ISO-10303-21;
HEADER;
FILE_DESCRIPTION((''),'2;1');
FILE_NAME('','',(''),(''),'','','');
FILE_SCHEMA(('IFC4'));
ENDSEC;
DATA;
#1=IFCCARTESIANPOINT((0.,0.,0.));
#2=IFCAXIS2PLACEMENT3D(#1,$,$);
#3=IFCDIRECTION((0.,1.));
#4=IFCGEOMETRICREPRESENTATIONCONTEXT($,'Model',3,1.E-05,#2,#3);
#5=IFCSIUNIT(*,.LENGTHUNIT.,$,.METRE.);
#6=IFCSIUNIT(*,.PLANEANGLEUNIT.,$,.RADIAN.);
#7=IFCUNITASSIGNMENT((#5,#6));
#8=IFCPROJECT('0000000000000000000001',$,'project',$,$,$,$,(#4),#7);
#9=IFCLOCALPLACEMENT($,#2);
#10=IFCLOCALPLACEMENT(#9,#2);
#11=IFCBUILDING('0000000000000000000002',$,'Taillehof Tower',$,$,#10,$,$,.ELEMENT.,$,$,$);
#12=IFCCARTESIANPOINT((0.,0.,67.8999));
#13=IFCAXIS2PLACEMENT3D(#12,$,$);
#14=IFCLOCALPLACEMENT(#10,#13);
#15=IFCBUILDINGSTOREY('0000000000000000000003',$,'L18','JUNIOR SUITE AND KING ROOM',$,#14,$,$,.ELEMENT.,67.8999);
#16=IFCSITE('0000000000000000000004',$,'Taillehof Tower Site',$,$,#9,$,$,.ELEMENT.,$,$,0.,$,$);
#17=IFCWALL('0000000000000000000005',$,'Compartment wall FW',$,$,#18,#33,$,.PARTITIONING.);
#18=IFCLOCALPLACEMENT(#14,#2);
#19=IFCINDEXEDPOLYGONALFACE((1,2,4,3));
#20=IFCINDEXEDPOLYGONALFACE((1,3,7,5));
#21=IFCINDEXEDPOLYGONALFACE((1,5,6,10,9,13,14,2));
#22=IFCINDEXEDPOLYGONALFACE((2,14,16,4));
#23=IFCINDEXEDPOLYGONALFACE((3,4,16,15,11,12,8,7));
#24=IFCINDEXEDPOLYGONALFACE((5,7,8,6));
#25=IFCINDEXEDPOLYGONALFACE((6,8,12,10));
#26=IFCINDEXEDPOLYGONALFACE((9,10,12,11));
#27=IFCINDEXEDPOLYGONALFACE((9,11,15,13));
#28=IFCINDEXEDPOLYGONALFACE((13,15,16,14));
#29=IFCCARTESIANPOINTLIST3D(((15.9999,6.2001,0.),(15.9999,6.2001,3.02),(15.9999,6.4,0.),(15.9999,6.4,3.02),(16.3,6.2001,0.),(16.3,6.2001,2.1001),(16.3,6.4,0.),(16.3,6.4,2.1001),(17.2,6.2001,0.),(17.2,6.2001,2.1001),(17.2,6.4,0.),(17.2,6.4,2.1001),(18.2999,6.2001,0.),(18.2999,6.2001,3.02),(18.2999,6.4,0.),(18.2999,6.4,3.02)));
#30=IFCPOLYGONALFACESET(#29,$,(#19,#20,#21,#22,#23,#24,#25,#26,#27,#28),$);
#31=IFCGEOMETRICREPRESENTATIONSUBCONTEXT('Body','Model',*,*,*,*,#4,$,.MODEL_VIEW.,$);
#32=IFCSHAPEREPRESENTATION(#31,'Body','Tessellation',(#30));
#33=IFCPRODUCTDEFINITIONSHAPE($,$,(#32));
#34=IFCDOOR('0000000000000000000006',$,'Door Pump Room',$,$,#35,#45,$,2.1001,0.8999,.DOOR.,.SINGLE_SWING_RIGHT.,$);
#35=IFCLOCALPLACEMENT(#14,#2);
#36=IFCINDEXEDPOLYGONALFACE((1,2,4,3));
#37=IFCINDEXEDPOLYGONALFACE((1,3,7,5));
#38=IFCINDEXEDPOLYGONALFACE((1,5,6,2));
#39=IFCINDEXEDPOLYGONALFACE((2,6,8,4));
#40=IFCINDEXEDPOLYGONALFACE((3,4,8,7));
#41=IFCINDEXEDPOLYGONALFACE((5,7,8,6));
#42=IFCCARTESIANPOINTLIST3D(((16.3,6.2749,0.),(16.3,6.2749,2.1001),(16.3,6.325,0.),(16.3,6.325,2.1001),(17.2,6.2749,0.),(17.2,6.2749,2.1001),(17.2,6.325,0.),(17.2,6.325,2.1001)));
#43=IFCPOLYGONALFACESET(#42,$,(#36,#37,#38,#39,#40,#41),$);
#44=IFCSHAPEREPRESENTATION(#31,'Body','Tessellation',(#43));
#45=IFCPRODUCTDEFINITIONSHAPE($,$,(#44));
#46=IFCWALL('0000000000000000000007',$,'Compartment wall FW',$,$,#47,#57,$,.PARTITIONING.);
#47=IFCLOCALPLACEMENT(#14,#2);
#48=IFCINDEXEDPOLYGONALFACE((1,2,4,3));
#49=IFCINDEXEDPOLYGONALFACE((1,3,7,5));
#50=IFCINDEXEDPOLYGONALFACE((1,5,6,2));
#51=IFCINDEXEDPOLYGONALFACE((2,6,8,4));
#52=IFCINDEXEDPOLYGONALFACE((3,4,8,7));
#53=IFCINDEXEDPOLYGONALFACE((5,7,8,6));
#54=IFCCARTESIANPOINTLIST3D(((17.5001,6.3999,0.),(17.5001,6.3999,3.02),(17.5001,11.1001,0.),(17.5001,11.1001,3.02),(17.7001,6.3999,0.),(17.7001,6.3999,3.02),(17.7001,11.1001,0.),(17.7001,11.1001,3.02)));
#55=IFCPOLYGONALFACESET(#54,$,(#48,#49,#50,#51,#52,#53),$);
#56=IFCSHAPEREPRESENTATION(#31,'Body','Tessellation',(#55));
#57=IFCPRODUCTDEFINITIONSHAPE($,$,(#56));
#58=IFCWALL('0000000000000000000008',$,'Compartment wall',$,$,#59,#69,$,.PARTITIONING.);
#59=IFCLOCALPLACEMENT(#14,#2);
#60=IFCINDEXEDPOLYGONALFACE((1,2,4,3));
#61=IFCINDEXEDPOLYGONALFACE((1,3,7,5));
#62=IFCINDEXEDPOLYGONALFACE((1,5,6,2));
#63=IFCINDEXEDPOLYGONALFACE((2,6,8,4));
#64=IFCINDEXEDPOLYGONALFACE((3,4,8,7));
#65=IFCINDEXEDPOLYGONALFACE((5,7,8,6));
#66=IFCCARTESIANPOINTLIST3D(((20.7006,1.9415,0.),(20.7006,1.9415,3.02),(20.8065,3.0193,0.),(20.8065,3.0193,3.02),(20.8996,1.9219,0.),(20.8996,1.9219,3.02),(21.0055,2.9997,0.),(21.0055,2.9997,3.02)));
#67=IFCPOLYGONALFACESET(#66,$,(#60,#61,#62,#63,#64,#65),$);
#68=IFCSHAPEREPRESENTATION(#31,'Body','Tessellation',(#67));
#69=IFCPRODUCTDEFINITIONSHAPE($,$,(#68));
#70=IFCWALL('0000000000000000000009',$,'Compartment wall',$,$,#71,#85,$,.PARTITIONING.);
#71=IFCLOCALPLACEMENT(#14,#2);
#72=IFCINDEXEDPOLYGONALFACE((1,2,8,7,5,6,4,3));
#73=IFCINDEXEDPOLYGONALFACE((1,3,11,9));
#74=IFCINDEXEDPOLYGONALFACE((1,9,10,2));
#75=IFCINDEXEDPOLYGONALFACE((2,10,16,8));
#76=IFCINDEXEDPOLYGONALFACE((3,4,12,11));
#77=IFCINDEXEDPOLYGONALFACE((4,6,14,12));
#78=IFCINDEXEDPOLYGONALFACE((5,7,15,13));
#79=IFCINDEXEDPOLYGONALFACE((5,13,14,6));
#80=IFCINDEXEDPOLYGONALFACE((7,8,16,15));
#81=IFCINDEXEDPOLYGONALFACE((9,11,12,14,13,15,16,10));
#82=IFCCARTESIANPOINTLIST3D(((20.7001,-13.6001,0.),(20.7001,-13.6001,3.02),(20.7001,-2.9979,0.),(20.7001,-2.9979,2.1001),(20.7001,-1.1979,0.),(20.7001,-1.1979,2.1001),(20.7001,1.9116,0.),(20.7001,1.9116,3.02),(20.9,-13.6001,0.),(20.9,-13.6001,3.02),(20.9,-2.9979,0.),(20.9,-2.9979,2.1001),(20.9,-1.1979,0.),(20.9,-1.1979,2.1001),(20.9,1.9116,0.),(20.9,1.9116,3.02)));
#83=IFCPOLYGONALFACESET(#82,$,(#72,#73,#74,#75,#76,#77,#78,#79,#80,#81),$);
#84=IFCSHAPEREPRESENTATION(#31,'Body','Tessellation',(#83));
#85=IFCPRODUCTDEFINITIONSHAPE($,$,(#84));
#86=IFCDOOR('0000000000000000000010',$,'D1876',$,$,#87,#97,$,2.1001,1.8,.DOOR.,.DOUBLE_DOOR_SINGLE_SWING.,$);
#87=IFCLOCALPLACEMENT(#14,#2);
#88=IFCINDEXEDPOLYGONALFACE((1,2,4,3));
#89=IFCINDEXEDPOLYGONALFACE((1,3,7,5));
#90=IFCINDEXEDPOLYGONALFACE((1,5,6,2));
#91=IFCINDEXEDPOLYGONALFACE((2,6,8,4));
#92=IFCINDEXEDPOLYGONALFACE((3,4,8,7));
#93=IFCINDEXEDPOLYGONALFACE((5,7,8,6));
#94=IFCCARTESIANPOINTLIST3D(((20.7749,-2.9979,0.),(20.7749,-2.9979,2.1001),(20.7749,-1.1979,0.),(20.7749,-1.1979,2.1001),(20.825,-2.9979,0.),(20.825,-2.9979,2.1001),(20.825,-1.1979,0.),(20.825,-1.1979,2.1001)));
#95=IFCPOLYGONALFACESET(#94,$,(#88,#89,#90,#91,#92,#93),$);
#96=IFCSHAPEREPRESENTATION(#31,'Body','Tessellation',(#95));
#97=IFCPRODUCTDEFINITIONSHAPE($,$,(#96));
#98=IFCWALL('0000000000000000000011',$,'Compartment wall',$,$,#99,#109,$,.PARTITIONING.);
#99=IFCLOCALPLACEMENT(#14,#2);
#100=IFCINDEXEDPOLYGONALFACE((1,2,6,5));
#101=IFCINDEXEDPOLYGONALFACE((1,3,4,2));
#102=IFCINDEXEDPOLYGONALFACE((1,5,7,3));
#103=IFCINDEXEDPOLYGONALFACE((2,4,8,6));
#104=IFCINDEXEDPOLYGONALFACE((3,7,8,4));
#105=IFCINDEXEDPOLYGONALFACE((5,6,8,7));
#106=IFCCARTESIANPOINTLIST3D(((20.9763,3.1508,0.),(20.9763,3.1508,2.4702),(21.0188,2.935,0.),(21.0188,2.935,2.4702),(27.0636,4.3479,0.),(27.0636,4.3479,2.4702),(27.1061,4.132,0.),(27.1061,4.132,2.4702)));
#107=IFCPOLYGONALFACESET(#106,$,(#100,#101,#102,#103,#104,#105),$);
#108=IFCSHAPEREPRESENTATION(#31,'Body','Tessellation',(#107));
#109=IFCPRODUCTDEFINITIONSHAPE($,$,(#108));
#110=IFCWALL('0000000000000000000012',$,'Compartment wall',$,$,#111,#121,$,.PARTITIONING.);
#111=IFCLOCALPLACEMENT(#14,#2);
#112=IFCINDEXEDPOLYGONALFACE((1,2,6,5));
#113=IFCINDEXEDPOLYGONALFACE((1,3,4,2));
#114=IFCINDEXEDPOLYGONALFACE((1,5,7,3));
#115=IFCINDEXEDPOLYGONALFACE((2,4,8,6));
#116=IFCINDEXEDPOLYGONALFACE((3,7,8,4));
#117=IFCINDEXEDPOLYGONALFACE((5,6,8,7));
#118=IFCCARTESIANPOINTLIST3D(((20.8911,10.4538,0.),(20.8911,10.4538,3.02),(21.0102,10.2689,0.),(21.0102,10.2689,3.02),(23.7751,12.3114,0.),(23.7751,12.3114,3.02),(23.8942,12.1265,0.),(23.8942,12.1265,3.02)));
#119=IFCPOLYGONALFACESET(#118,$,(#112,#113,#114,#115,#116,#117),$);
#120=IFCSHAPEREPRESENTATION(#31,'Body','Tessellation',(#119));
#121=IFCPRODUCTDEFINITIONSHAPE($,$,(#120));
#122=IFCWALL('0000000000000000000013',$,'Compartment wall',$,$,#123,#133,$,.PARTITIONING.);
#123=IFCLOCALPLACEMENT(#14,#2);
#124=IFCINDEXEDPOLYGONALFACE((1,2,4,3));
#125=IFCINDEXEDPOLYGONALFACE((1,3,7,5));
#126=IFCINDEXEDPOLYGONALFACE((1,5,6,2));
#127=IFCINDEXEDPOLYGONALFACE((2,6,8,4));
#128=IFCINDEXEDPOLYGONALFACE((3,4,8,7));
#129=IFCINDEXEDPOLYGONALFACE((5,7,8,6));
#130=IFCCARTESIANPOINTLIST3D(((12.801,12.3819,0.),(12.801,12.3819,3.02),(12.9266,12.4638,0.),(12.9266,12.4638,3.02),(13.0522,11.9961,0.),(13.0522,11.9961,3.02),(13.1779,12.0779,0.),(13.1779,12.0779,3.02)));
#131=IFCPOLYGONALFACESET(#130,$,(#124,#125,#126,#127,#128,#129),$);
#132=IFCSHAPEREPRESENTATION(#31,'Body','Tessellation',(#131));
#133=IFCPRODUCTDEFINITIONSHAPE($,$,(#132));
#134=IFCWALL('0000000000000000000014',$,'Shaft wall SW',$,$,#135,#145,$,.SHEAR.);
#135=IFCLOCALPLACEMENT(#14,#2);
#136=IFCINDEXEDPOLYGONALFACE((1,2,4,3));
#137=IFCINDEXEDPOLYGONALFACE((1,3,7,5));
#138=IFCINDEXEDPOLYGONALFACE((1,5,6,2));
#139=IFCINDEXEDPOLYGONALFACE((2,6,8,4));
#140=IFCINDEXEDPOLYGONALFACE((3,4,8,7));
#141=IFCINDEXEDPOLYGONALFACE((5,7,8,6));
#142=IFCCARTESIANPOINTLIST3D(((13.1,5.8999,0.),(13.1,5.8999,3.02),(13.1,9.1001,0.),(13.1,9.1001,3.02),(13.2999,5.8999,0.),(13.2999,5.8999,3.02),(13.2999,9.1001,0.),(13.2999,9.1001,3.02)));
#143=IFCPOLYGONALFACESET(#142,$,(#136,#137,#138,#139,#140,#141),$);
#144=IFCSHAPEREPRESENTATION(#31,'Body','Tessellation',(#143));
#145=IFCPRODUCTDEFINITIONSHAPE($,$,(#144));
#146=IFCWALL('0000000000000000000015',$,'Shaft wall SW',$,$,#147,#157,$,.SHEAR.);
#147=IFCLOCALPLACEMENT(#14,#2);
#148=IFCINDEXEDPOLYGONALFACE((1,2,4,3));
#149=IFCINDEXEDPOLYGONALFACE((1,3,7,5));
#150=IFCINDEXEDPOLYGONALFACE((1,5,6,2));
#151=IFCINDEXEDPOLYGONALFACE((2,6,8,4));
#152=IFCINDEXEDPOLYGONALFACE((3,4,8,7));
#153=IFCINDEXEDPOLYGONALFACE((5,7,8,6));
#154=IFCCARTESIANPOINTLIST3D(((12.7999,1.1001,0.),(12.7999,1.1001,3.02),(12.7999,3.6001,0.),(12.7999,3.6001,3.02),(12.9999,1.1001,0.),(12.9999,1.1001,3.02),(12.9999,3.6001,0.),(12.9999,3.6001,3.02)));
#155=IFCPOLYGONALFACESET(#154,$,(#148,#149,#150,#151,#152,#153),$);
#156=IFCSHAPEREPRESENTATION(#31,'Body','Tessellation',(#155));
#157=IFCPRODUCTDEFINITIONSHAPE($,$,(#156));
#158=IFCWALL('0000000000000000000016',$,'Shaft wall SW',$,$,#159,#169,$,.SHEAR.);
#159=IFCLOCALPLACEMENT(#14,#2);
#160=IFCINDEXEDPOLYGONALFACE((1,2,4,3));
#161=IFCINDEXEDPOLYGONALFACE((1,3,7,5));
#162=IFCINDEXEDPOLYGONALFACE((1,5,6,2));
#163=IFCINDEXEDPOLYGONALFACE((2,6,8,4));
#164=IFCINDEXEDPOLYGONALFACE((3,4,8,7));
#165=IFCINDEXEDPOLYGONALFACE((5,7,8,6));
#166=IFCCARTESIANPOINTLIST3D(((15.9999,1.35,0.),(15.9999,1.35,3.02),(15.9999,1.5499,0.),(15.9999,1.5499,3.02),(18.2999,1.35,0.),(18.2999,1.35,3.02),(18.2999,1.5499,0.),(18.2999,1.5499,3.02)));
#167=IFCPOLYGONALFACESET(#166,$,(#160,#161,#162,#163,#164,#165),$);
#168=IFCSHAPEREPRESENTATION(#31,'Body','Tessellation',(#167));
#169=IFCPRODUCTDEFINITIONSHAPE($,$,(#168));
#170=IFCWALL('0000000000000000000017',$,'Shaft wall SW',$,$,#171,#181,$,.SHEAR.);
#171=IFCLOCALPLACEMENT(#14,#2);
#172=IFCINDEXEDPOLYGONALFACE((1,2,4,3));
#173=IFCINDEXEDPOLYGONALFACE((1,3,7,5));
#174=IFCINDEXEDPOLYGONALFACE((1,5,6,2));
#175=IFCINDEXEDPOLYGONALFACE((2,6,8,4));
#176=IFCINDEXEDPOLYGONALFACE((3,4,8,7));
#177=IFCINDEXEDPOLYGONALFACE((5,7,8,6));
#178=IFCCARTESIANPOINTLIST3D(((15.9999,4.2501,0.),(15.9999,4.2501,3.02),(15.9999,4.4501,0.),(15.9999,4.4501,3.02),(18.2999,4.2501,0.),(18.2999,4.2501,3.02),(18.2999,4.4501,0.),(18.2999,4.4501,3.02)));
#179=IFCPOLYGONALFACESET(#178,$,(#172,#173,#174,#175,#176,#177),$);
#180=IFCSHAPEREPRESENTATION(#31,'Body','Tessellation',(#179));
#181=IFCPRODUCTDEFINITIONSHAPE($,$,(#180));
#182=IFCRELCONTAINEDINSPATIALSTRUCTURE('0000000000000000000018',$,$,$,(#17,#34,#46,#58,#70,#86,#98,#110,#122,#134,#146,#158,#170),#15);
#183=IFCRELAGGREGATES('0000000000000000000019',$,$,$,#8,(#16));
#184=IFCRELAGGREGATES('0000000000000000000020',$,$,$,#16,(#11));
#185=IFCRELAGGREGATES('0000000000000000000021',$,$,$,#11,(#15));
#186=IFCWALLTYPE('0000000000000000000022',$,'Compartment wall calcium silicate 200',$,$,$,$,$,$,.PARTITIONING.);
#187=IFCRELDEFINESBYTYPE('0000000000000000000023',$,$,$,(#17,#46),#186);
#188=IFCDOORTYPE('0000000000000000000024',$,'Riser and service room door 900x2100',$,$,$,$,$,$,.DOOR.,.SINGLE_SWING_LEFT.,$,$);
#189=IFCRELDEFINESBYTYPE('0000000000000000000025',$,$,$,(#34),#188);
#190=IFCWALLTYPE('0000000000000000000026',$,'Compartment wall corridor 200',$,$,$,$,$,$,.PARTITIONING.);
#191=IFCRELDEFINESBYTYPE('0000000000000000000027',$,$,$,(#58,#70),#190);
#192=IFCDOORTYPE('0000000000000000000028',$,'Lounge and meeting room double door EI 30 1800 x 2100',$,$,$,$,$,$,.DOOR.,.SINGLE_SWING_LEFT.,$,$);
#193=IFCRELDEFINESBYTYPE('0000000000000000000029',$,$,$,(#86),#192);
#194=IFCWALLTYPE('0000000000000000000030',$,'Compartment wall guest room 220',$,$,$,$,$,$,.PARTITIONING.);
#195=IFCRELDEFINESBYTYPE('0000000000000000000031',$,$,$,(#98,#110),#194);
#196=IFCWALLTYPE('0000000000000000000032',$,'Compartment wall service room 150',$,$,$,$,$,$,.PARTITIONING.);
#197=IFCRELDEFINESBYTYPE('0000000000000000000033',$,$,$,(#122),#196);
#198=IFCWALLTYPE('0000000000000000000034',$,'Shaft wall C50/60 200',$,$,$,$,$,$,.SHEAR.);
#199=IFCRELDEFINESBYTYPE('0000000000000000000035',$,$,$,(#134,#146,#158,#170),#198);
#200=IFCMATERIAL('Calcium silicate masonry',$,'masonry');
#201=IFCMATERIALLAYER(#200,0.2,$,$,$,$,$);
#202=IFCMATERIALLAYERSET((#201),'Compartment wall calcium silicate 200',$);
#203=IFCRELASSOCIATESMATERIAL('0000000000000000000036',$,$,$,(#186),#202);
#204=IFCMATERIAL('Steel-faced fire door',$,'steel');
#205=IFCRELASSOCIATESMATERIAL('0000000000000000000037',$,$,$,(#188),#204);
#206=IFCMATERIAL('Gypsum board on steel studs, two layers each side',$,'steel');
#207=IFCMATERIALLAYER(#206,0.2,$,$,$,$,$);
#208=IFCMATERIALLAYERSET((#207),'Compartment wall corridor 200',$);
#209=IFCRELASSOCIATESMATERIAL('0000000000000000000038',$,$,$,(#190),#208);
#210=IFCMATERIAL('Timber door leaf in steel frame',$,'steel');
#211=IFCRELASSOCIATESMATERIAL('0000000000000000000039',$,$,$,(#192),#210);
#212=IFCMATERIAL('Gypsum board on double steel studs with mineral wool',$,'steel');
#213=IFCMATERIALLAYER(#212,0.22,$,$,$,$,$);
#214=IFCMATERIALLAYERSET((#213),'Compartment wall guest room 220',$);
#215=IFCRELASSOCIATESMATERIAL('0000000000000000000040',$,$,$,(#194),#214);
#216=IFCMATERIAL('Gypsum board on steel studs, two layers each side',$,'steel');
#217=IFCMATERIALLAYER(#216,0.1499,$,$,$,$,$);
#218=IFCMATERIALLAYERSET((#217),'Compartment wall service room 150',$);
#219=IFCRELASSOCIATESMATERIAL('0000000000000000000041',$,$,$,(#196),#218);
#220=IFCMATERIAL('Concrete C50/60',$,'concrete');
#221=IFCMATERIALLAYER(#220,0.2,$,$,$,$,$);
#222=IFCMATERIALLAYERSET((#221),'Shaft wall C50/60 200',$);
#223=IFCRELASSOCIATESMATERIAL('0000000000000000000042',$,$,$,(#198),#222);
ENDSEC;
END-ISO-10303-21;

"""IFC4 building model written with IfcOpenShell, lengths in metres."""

from ifc_helpers import new_model, si_unit, direction, frame, frame_2d, origin, place, context, subcontext, project, spatial, rectangle, extrude, material, layer, layer_set, type_object, element, fill, save


model = new_model("IFC4")

# Units and contexts
model_context = context("Model", 3, precision=1e-05, world=origin(), true_north=direction((0.0, 1.0)))
body_context = subcontext(model_context, "Body", "Model", "MODEL_VIEW")
ifc_project = project(units=[si_unit("LENGTHUNIT", "METRE"), si_unit("PLANEANGLEUNIT", "RADIAN")], contexts=[model_context])

# Site, building, storey
site_placement = place(None, origin())
site = spatial("IfcSite", under=ifc_project, at=site_placement, Name="Taillehof Tower Site", CompositionType="ELEMENT", RefElevation=0.0)
building_placement = place(site_placement, origin())
building = spatial("IfcBuilding", under=site, at=building_placement, Name="Taillehof Tower", CompositionType="ELEMENT")
storey_placement = place(building_placement, frame((0.0, 0.0, 67.8999)))
storey = spatial("IfcBuildingStorey", under=building, at=storey_placement, Name="L18", Description="JUNIOR SUITE AND KING ROOM", CompositionType="ELEMENT", Elevation=67.8999)

# Wall, opening, door
ifc_material_1 = material(Name="Calcium silicate masonry", Category="masonry")
ifc_layer_1 = layer(ifc_material_1, 0.2)
ifc_layer_set_1 = layer_set([ifc_layer_1], Name="Compartment wall calcium silicate 200")
wall_type_1 = type_object("IfcWallType", Name="Compartment wall calcium silicate 200", PredefinedType="PARTITIONING", material=ifc_layer_set_1)
wall_1_placement = place(storey_placement, frame((16.0, 6.3, 0.0), z_axis=(0.0, 0.0, 1.0), x_axis=(1.0, 0.0, 0.0)))
wall_1 = element("IfcWall", 1, at=wall_1_placement, inside=storey, type_object=wall_type_1, Name="Compartment wall FW", PredefinedType="PARTITIONING", context=body_context, shape_type="SweptSolid", body=[
    extrude(rectangle(XDim=2.3, YDim=0.2, at=frame_2d((1.1499, 0.0))), origin(), (0.0, 0.0, 1.0), 3.02),
])
opening_1_placement = place(wall_1_placement, frame((0.3, 0.0, 0.0)))
opening_1 = element("IfcOpeningElement", 2, at=opening_1_placement, cuts=wall_1, PredefinedType="OPENING", context=body_context, shape_type="SweptSolid", body=[
    extrude(rectangle(XDim=0.8999, YDim=2.1001, at=frame_2d((0.45, 1.05))), frame((0.0, 0.1099, 0.0), z_axis=(0.0, -1.0, 0.0), x_axis=(1.0, 0.0, 0.0)), (0.0, 0.0, 1.0), 0.22),
])
ifc_material_2 = material(Name="Steel-faced fire door", Category="steel")
door_type_1 = type_object("IfcDoorType", Name="Riser and service room door 900x2100", OperationType="SINGLE_SWING_LEFT", PredefinedType="DOOR", material=ifc_material_2)
door_1_placement = place(opening_1_placement, origin())
door_1 = element("IfcDoor", 3, at=door_1_placement, inside=storey, type_object=door_type_1, Name="Door Pump Room", OperationType="SINGLE_SWING_RIGHT", OverallHeight=2.1001, OverallWidth=0.8999, PredefinedType="DOOR", context=body_context, shape_type="SweptSolid", body=[
    extrude(rectangle(XDim=0.8999, YDim=2.1001, at=frame_2d((0.45, 1.05))), frame((0.0, 0.0249, 0.0), z_axis=(0.0, -1.0, 0.0), x_axis=(1.0, 0.0, 0.0)), (0.0, 0.0, 1.0), 0.05),
])
fill(opening_1, door_1)

# Walls
wall_2_placement = place(storey_placement, frame((17.6001, 6.3999, 0.0), z_axis=(0.0, 0.0, 1.0), x_axis=(0.0, 1.0, 0.0)))
element("IfcWall", 4, at=wall_2_placement, inside=storey, type_object=wall_type_1, Name="Compartment wall FW", PredefinedType="PARTITIONING", context=body_context, shape_type="SweptSolid", body=[
    extrude(rectangle(XDim=4.7002, YDim=0.2, at=frame_2d((2.3501, 0.0))), origin(), (0.0, 0.0, 1.0), 3.02),
])
ifc_material_3 = material(Name="Gypsum board on steel studs, two layers each side", Category="steel")
ifc_layer_2 = layer(ifc_material_3, 0.2)
ifc_layer_set_2 = layer_set([ifc_layer_2], Name="Compartment wall corridor 200")
wall_type_2 = type_object("IfcWallType", Name="Compartment wall corridor 200", PredefinedType="PARTITIONING", material=ifc_layer_set_2)
wall_3_placement = place(storey_placement, frame((20.906, 3.0095, 0.0), z_axis=(0.0, 0.0, 1.0), x_axis=(-0.09783, -0.995203, 0.0)))
element("IfcWall", 5, at=wall_3_placement, inside=storey, type_object=wall_type_2, Name="Compartment wall", PredefinedType="PARTITIONING", context=body_context, shape_type="SweptSolid", body=[
    extrude(rectangle(XDim=1.083, YDim=0.2, at=frame_2d((0.5415, 0.0))), origin(), (0.0, 0.0, 1.0), 3.02),
])

# Wall, opening, door
wall_4_placement = place(storey_placement, frame((20.8, 1.9116, 0.0), z_axis=(0.0, 0.0, 1.0), x_axis=(0.0, -1.0, 0.0)))
wall_4 = element("IfcWall", 6, at=wall_4_placement, inside=storey, type_object=wall_type_2, Name="Compartment wall", PredefinedType="PARTITIONING", context=body_context, shape_type="SweptSolid", body=[
    extrude(rectangle(XDim=15.5117, YDim=0.2, at=frame_2d((7.7559, 0.0))), origin(), (0.0, 0.0, 1.0), 3.02),
])
opening_2_placement = place(wall_4_placement, frame((3.1096, 0.0, 0.0)))
opening_2 = element("IfcOpeningElement", 7, at=opening_2_placement, cuts=wall_4, PredefinedType="OPENING", context=body_context, shape_type="SweptSolid", body=[
    extrude(rectangle(XDim=1.8, YDim=2.1001, at=frame_2d((0.8999, 1.05))), frame((0.0, 0.1099, 0.0), z_axis=(0.0, -1.0, 0.0), x_axis=(1.0, 0.0, 0.0)), (0.0, 0.0, 1.0), 0.22),
])
ifc_material_4 = material(Name="Timber door leaf in steel frame", Category="steel")
door_type_2 = type_object("IfcDoorType", Name="Lounge and meeting room double door EI 30 1800 x 2100", OperationType="SINGLE_SWING_LEFT", PredefinedType="DOOR", material=ifc_material_4)
door_2_placement = place(opening_2_placement, origin())
door_2 = element("IfcDoor", 8, at=door_2_placement, inside=storey, type_object=door_type_2, Name="D1876", OperationType="DOUBLE_DOOR_SINGLE_SWING", OverallHeight=2.1001, OverallWidth=1.8, PredefinedType="DOOR", context=body_context, shape_type="SweptSolid", body=[
    extrude(rectangle(XDim=1.8, YDim=2.1001, at=frame_2d((0.8999, 1.05))), frame((0.0, 0.0249, 0.0), z_axis=(0.0, -1.0, 0.0), x_axis=(1.0, 0.0, 0.0)), (0.0, 0.0, 1.0), 0.05),
])
fill(opening_2, door_2)

# Walls
ifc_material_5 = material(Name="Gypsum board on double steel studs with mineral wool", Category="steel")
ifc_layer_3 = layer(ifc_material_5, 0.22)
ifc_layer_set_3 = layer_set([ifc_layer_3], Name="Compartment wall guest room 220")
wall_type_3 = type_object("IfcWallType", Name="Compartment wall guest room 220", PredefinedType="PARTITIONING", material=ifc_layer_set_3)
wall_5_placement = place(storey_placement, frame((27.085, 4.24, 0.0), z_axis=(0.0, 0.0, 1.0), x_axis=(-0.981208, -0.192952, 0.0)))
element("IfcWall", 9, at=wall_5_placement, inside=storey, type_object=wall_type_3, Name="Compartment wall", PredefinedType="PARTITIONING", context=body_context, shape_type="SweptSolid", body=[
    extrude(rectangle(XDim=6.2039, YDim=0.22, at=frame_2d((3.1021, 0.0))), origin(), (0.0, 0.0, 1.0), 2.4702),
])
wall_6_placement = place(storey_placement, frame((23.8347, 12.219, 0.0), z_axis=(0.0, 0.0, 1.0), x_axis=(-0.840695, -0.541509, 0.0)))
element("IfcWall", 10, at=wall_6_placement, inside=storey, type_object=wall_type_3, Name="Compartment wall", PredefinedType="PARTITIONING", context=body_context, shape_type="SweptSolid", body=[
    extrude(rectangle(XDim=3.4304, YDim=0.22, at=frame_2d((1.7153, 0.0))), origin(), (0.0, 0.0, 1.0), 3.02),
])
ifc_material_6 = material(Name="Gypsum board on steel studs, two layers each side", Category="steel")
ifc_layer_4 = layer(ifc_material_6, 0.1499)
ifc_layer_set_4 = layer_set([ifc_layer_4], Name="Compartment wall service room 150")
wall_type_4 = type_object("IfcWallType", Name="Compartment wall service room 150", PredefinedType="PARTITIONING", material=ifc_layer_set_4)
wall_7_placement = place(storey_placement, frame((12.8638, 12.4229, 0.0), z_axis=(0.0, 0.0, 1.0), x_axis=(0.545734, -0.837959, 0.0)))
element("IfcWall", 11, at=wall_7_placement, inside=storey, type_object=wall_type_4, Name="Compartment wall", PredefinedType="PARTITIONING", context=body_context, shape_type="SweptSolid", body=[
    extrude(rectangle(XDim=0.4604, YDim=0.1499, at=frame_2d((0.2302, 0.0))), origin(), (0.0, 0.0, 1.0), 3.02),
])
ifc_material_7 = material(Name="Concrete C50/60", Category="concrete")
ifc_layer_5 = layer(ifc_material_7, 0.2)
ifc_layer_set_5 = layer_set([ifc_layer_5], Name="Shaft wall C50/60 200")
wall_type_5 = type_object("IfcWallType", Name="Shaft wall C50/60 200", PredefinedType="SHEAR", material=ifc_layer_set_5)
wall_8_placement = place(storey_placement, frame((13.2, 5.8999, 0.0), z_axis=(0.0, 0.0, 1.0), x_axis=(0.0, 1.0, 0.0)))
element("IfcWall", 12, at=wall_8_placement, inside=storey, type_object=wall_type_5, Name="Shaft wall SW", PredefinedType="SHEAR", context=body_context, shape_type="SweptSolid", body=[
    extrude(rectangle(XDim=3.2002, YDim=0.2, at=frame_2d((1.6001, 0.0))), origin(), (0.0, 0.0, 1.0), 3.02),
])
wall_9_placement = place(storey_placement, frame((12.8999, 1.1001, 0.0), z_axis=(0.0, 0.0, 1.0), x_axis=(0.0, 1.0, 0.0)))
element("IfcWall", 13, at=wall_9_placement, inside=storey, type_object=wall_type_5, Name="Shaft wall SW", PredefinedType="SHEAR", context=body_context, shape_type="SweptSolid", body=[
    extrude(rectangle(XDim=2.5, YDim=0.2, at=frame_2d((1.25, 0.0))), origin(), (0.0, 0.0, 1.0), 3.02),
])
for number, where, z_axis, x_axis, name in (
    (14, (16.0, 1.45, 0.0), (0.0, 0.0, 1.0), (1.0, 0.0, 0.0), "Shaft wall SW"),
    (15, (16.0, 4.3501, 0.0), (0.0, 0.0, 1.0), (1.0, 0.0, 0.0), "Shaft wall SW"),
):
    element("IfcWall", number, at=place(storey_placement, frame(where, z_axis=z_axis, x_axis=x_axis)), inside=storey, type_object=wall_type_5, Name=name, PredefinedType="SHEAR", context=body_context, shape_type="SweptSolid", body=[
        extrude(rectangle(XDim=2.3, YDim=0.2, at=frame_2d((1.1499, 0.0))), origin(), (0.0, 0.0, 1.0), 3.02),
    ])

save(model, "model.ifc")
